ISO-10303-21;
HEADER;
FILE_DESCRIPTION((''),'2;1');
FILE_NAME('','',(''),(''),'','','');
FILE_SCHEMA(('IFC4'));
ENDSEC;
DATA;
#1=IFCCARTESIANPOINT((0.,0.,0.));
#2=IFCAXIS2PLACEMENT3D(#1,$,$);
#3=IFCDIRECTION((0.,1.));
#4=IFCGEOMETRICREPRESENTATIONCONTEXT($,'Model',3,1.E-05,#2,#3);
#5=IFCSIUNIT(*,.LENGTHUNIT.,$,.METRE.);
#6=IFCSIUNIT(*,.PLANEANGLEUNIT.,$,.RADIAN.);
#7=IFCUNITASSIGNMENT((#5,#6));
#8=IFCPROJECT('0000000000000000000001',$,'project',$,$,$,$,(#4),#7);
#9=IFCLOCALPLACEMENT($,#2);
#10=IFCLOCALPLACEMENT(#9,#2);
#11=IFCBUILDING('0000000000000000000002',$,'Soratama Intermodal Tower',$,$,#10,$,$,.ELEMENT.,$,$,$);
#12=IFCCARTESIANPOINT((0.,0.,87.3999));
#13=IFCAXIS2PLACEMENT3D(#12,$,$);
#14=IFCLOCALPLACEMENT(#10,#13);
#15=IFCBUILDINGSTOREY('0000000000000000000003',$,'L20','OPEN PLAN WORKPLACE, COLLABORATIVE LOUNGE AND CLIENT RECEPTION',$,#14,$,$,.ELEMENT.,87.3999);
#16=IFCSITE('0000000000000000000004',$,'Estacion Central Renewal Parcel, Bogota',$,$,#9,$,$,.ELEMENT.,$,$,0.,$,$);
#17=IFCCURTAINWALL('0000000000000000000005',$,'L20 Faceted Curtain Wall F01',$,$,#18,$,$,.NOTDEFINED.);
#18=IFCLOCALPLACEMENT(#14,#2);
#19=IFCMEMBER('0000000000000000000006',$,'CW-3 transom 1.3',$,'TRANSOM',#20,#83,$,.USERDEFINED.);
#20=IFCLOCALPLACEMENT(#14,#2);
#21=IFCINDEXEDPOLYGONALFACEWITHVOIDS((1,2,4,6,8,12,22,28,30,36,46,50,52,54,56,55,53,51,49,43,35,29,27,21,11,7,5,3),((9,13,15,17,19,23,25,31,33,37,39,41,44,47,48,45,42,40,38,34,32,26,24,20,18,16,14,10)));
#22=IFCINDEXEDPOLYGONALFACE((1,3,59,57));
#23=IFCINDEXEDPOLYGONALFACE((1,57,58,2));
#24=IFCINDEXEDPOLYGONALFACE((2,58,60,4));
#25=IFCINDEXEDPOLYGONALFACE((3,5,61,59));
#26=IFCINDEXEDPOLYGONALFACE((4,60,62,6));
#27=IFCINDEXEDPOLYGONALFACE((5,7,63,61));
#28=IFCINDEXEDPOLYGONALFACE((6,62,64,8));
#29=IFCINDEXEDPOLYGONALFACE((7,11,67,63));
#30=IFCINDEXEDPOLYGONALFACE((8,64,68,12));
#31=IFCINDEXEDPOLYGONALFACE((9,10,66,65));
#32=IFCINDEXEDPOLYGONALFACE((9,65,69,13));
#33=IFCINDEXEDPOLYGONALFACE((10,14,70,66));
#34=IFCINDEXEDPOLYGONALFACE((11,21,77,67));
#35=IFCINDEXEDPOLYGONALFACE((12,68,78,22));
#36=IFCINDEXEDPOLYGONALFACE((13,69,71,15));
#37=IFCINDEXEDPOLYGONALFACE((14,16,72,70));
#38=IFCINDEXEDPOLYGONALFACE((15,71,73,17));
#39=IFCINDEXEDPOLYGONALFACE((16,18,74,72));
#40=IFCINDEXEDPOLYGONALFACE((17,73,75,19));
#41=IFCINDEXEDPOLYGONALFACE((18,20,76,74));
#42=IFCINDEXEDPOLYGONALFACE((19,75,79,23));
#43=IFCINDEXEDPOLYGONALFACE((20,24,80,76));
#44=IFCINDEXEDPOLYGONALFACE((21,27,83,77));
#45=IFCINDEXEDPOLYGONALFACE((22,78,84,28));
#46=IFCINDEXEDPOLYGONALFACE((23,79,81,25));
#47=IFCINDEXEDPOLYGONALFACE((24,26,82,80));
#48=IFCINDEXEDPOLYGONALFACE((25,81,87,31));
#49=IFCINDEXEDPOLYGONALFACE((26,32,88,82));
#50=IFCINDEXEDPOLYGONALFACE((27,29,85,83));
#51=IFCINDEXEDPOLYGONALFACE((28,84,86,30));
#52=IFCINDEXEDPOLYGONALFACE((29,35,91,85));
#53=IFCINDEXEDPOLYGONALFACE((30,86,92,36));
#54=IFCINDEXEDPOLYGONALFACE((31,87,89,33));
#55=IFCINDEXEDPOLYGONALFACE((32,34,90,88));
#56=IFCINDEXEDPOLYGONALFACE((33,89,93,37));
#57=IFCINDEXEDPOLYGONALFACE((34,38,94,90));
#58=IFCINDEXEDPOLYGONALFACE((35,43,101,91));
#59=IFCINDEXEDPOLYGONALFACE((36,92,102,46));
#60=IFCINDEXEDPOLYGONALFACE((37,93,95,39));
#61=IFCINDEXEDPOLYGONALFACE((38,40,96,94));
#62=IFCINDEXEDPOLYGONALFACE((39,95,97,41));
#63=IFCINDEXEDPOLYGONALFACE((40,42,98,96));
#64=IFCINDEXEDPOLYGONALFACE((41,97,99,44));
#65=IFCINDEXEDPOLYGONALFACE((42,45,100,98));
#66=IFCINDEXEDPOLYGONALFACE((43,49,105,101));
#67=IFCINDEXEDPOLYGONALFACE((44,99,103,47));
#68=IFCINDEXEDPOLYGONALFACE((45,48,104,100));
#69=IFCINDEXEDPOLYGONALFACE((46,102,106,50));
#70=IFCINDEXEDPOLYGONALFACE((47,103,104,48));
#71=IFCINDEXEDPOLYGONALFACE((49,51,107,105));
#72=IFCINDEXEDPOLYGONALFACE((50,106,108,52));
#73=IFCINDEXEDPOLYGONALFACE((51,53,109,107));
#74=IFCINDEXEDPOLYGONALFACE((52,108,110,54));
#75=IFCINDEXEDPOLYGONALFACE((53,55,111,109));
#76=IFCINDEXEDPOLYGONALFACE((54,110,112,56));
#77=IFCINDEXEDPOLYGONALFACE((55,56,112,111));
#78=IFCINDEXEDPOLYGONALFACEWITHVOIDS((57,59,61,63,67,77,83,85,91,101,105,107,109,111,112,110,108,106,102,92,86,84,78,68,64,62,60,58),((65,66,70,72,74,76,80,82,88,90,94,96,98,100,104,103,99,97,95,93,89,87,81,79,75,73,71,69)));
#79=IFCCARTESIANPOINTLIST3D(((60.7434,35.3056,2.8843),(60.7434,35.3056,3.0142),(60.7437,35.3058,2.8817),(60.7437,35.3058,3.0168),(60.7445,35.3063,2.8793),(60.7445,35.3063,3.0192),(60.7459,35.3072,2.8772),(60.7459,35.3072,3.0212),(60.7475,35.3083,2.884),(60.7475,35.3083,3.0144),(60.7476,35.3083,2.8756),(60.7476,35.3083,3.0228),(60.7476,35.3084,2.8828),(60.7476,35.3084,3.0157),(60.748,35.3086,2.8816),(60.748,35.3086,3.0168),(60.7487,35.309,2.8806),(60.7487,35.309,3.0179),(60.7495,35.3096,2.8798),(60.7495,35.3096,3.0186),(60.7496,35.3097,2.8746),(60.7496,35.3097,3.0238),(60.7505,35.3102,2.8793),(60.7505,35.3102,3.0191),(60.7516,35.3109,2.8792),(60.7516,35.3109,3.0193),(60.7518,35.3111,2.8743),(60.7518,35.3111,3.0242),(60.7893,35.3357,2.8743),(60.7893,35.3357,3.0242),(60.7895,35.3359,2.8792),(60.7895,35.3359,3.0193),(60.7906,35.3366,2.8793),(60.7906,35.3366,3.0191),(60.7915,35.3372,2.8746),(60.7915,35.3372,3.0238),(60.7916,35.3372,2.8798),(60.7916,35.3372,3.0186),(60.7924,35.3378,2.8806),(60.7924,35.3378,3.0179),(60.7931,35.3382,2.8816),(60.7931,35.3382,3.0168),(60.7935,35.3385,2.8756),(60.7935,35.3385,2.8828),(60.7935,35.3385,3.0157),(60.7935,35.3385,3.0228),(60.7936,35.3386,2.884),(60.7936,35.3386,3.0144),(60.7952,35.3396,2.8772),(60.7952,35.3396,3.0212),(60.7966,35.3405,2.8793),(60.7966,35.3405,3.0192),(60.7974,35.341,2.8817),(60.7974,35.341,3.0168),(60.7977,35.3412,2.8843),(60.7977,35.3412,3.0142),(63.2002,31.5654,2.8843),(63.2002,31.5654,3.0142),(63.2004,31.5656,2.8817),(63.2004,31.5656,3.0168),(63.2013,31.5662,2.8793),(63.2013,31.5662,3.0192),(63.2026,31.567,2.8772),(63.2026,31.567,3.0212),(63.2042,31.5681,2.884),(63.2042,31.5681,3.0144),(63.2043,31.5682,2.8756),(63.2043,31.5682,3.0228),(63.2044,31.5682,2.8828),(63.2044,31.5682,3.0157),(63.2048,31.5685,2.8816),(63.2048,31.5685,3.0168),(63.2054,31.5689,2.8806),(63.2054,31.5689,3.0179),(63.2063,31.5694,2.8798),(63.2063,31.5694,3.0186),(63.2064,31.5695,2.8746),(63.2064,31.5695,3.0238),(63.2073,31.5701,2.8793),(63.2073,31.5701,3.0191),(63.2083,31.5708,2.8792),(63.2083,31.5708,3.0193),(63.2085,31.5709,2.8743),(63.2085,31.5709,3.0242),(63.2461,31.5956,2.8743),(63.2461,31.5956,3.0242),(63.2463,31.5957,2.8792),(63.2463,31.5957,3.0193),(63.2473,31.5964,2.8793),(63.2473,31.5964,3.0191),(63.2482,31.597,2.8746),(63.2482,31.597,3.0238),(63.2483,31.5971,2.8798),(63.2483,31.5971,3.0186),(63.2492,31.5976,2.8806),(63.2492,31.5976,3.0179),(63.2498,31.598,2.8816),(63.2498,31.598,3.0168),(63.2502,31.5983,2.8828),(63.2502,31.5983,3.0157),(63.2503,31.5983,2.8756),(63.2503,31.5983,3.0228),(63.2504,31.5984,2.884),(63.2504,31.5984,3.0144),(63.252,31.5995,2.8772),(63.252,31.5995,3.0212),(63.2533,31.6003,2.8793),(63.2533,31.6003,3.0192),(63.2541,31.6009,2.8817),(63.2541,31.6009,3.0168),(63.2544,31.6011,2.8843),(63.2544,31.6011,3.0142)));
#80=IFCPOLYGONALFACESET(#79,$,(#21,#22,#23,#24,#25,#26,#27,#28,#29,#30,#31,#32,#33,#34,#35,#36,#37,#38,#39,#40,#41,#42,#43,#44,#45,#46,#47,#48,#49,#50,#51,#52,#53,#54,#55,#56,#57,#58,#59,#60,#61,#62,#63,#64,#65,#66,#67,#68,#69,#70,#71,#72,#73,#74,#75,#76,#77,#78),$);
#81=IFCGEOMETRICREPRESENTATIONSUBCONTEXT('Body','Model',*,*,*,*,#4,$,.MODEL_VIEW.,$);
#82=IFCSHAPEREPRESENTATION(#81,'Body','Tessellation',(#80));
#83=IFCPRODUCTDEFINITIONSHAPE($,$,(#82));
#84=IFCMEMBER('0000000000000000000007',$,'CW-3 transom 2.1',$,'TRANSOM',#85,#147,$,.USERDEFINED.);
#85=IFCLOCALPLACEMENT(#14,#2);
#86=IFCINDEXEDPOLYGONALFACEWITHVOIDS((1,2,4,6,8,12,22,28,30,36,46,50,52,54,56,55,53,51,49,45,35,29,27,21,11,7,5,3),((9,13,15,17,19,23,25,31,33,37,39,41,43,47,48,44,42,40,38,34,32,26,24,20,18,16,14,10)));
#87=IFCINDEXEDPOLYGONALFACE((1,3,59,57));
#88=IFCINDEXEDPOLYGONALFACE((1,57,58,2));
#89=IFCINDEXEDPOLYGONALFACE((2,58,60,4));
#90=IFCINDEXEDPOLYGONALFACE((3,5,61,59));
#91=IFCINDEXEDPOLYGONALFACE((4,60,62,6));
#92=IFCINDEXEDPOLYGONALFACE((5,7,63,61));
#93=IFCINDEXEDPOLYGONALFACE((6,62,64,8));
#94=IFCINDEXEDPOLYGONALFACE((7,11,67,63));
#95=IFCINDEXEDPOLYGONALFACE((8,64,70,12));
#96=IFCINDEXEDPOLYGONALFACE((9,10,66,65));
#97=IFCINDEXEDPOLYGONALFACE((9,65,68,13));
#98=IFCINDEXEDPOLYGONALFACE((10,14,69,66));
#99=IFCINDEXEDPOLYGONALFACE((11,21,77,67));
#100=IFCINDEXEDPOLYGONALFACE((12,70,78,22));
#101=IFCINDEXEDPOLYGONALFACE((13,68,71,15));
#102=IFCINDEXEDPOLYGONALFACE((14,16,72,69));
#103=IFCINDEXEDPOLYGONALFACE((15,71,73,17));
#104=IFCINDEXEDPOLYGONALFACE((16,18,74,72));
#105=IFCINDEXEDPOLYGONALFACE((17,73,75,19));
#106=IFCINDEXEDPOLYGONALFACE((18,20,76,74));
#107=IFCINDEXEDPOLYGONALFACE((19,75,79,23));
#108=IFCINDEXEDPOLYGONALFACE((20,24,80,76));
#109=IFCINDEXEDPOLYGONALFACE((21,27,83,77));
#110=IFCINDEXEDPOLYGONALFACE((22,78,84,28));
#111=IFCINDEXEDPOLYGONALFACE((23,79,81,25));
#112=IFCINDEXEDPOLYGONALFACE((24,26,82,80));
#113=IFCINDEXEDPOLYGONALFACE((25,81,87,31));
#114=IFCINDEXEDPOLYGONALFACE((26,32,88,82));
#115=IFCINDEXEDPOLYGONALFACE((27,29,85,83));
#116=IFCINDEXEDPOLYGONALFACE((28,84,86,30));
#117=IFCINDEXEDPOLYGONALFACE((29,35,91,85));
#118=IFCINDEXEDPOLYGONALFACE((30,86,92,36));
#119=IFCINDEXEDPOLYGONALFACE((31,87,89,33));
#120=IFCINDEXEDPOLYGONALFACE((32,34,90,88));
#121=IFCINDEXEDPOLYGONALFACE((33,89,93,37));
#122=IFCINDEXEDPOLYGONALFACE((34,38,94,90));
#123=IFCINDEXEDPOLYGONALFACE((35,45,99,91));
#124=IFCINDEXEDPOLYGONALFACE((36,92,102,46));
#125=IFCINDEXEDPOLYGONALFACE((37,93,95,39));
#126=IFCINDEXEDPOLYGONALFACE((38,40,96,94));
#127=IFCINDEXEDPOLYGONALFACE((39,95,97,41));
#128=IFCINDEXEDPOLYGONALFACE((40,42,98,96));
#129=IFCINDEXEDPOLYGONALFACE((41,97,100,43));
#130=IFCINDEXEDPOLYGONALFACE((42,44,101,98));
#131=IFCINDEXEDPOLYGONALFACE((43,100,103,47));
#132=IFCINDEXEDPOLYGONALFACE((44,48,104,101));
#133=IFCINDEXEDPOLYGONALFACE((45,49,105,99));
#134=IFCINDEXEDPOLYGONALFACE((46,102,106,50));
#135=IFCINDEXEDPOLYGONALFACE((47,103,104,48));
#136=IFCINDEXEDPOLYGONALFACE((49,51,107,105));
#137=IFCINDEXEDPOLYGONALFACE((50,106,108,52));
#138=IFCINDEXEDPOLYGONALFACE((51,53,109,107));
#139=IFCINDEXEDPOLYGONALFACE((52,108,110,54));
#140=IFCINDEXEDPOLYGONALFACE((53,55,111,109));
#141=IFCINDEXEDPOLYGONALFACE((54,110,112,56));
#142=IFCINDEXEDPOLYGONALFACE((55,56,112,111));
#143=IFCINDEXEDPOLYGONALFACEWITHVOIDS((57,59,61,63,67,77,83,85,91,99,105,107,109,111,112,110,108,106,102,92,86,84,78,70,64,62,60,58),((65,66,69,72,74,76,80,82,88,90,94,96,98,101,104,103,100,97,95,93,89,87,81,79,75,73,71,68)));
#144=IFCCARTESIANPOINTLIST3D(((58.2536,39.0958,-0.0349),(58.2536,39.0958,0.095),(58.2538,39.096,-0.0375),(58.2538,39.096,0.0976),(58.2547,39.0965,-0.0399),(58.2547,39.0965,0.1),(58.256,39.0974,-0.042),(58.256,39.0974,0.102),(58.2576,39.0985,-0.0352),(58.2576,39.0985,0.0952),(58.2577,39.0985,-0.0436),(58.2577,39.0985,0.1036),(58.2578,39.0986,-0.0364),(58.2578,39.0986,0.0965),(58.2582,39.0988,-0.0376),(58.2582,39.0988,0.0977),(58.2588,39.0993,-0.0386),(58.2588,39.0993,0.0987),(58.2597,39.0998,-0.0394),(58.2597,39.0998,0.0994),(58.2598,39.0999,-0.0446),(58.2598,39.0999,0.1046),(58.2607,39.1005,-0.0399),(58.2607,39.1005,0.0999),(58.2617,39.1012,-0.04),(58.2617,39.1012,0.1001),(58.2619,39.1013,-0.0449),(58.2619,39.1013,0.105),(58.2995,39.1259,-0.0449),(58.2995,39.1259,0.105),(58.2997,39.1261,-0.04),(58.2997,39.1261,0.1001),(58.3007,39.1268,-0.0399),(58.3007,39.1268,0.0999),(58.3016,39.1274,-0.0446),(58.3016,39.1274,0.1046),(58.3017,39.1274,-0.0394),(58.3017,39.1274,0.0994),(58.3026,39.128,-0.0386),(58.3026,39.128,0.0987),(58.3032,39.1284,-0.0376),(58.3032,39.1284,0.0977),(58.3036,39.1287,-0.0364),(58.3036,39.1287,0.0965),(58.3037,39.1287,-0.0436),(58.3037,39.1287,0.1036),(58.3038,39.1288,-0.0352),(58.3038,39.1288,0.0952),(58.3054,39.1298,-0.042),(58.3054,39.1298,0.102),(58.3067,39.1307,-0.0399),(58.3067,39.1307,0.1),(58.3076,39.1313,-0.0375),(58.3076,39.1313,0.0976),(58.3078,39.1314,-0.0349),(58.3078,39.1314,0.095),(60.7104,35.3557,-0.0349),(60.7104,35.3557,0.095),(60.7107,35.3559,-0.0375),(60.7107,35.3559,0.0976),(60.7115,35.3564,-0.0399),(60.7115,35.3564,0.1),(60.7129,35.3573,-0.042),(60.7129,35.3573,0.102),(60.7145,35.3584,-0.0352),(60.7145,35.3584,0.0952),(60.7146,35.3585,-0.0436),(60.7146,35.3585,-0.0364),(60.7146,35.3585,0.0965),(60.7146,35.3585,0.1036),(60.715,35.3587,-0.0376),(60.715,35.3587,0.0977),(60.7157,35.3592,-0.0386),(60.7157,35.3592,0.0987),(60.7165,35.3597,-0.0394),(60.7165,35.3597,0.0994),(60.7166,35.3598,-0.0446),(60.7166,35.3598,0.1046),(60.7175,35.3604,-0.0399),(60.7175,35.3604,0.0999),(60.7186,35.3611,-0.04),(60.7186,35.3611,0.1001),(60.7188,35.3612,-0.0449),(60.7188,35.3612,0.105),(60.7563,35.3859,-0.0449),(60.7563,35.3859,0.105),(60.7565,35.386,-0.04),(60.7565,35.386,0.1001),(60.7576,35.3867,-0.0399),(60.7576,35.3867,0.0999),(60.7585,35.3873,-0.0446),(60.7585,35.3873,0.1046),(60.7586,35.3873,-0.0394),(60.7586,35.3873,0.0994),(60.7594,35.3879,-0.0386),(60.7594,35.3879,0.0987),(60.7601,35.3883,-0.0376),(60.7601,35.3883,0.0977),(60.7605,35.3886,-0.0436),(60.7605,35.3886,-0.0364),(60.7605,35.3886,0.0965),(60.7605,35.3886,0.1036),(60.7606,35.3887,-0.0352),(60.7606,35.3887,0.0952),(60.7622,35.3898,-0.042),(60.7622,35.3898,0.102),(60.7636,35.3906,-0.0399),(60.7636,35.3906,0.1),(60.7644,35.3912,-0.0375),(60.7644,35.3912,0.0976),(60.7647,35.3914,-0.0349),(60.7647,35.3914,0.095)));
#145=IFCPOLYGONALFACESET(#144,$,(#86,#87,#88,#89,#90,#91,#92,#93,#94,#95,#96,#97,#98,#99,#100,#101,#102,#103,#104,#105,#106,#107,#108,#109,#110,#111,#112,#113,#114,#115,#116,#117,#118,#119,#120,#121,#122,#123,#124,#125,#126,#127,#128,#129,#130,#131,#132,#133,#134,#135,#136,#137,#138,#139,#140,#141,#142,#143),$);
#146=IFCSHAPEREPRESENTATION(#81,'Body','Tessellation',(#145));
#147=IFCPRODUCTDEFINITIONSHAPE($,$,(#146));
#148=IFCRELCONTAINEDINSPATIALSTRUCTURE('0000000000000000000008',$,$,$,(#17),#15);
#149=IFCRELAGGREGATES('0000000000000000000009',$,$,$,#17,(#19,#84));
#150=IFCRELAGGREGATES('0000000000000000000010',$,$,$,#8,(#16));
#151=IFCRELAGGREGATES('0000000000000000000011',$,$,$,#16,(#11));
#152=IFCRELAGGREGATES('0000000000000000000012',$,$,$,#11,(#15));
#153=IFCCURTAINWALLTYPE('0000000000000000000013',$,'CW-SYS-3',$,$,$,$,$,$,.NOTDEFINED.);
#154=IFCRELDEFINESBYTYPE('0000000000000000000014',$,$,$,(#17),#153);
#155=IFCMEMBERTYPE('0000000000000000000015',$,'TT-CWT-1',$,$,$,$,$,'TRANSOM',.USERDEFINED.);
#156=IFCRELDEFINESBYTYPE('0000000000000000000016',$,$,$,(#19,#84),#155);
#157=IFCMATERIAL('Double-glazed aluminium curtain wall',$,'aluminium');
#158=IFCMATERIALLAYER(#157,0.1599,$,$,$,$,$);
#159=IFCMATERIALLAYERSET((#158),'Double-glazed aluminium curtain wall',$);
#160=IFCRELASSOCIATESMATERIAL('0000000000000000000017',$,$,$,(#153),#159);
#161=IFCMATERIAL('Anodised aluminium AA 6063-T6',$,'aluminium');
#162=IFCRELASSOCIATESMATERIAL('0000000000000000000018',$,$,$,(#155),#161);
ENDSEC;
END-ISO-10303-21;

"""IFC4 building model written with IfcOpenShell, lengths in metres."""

from ifc_helpers import new_model, si_unit, direction, frame, origin, origin_2d, place, context, subcontext, project, spatial, hollow_rectangle, extrude, material, layer, layer_set, material_profile, profile_set, type_object, element, aggregate, save


model = new_model("IFC4")

# Units and contexts
model_context = context("Model", 3, precision=1e-05, world=origin(), true_north=direction((0.0, 1.0)))
body_context = subcontext(model_context, "Body", "Model", "MODEL_VIEW")
ifc_project = project(units=[si_unit("LENGTHUNIT", "METRE"), si_unit("PLANEANGLEUNIT", "RADIAN")], contexts=[model_context])

# Site, building, storey
site_placement = place(None, origin())
site = spatial("IfcSite", under=ifc_project, at=site_placement, Name="Estacion Central Renewal Parcel, Bogota", CompositionType="ELEMENT", RefElevation=0.0)
building_placement = place(site_placement, origin())
building = spatial("IfcBuilding", under=site, at=building_placement, Name="Soratama Intermodal Tower", CompositionType="ELEMENT")
storey_placement = place(building_placement, frame((0.0, 0.0, 87.3999)))
storey = spatial("IfcBuildingStorey", under=building, at=storey_placement, Name="L20", Description="OPEN PLAN WORKPLACE, COLLABORATIVE LOUNGE AND CLIENT RECEPTION", CompositionType="ELEMENT", Elevation=87.3999)

# Curtain wall, members
ifc_material_1 = material(Name="Double-glazed aluminium curtain wall", Category="aluminium")
ifc_layer_1 = layer(ifc_material_1, 0.1599)
ifc_layer_set_1 = layer_set([ifc_layer_1], Name="Double-glazed aluminium curtain wall")
curtain_wall_type = type_object("IfcCurtainWallType", Name="CW-SYS-3", PredefinedType="NOTDEFINED", material=ifc_layer_set_1)
curtain_wall_placement = place(storey_placement, origin())
curtain_wall = element("IfcCurtainWall", 1, at=curtain_wall_placement, inside=storey, type_object=curtain_wall_type, Name="L20 Faceted Curtain Wall F01", PredefinedType="NOTDEFINED")
ifc_material_2 = material(Name="Anodised aluminium AA 6063-T6", Category="aluminium")
ifc_material_profile_1 = material_profile(ifc_material_2, hollow_rectangle(XDim=0.0649, YDim=0.1499, WallThickness=0.0049, InnerFilletRadius=0.0049, OuterFilletRadius=0.01, at=origin_2d()), Name="CWT150X65X5")
ifc_profile_set_1 = profile_set([ifc_material_profile_1], Name="Anodised aluminium AA 6063-T6")
member_type_1 = type_object("IfcMemberType", Name="TT-CWT-1", ElementType="TRANSOM", PredefinedType="USERDEFINED", material=ifc_profile_set_1)
member_1_placement = place(storey_placement, frame((63.2273, 31.5833, 2.9492), z_axis=(-0.549009, 0.835816, 0.0), x_axis=(-0.835816, -0.549009, 0.0)))
member_1 = element("IfcMember", 2, at=member_1_placement, type_object=member_type_1, Name="CW-3 transom 1.3", ObjectType="TRANSOM", PredefinedType="USERDEFINED", context=body_context, shape_type="SweptSolid", body=[
    extrude(hollow_rectangle(XDim=0.0649, YDim=0.1499, WallThickness=0.0049, InnerFilletRadius=0.0049, OuterFilletRadius=0.01, at=origin_2d()), origin(), (0.0, 0.0, 1.0), 4.4749),
])
member_2_placement = place(storey_placement, frame((60.7375, 35.3735, 0.03), z_axis=(-0.549034, 0.8358, 0.0), x_axis=(-0.8358, -0.549034, 0.0)))
member_2 = element("IfcMember", 3, at=member_2_placement, type_object=member_type_1, Name="CW-3 transom 2.1", ObjectType="TRANSOM", PredefinedType="USERDEFINED", context=body_context, shape_type="SweptSolid", body=[
    extrude(hollow_rectangle(XDim=0.0649, YDim=0.1499, WallThickness=0.0049, InnerFilletRadius=0.0049, OuterFilletRadius=0.01, at=origin_2d()), origin(), (0.0, 0.0, 1.0), 4.4749),
])
aggregate(curtain_wall, [member_1, member_2])

save(model, "model.ifc")
